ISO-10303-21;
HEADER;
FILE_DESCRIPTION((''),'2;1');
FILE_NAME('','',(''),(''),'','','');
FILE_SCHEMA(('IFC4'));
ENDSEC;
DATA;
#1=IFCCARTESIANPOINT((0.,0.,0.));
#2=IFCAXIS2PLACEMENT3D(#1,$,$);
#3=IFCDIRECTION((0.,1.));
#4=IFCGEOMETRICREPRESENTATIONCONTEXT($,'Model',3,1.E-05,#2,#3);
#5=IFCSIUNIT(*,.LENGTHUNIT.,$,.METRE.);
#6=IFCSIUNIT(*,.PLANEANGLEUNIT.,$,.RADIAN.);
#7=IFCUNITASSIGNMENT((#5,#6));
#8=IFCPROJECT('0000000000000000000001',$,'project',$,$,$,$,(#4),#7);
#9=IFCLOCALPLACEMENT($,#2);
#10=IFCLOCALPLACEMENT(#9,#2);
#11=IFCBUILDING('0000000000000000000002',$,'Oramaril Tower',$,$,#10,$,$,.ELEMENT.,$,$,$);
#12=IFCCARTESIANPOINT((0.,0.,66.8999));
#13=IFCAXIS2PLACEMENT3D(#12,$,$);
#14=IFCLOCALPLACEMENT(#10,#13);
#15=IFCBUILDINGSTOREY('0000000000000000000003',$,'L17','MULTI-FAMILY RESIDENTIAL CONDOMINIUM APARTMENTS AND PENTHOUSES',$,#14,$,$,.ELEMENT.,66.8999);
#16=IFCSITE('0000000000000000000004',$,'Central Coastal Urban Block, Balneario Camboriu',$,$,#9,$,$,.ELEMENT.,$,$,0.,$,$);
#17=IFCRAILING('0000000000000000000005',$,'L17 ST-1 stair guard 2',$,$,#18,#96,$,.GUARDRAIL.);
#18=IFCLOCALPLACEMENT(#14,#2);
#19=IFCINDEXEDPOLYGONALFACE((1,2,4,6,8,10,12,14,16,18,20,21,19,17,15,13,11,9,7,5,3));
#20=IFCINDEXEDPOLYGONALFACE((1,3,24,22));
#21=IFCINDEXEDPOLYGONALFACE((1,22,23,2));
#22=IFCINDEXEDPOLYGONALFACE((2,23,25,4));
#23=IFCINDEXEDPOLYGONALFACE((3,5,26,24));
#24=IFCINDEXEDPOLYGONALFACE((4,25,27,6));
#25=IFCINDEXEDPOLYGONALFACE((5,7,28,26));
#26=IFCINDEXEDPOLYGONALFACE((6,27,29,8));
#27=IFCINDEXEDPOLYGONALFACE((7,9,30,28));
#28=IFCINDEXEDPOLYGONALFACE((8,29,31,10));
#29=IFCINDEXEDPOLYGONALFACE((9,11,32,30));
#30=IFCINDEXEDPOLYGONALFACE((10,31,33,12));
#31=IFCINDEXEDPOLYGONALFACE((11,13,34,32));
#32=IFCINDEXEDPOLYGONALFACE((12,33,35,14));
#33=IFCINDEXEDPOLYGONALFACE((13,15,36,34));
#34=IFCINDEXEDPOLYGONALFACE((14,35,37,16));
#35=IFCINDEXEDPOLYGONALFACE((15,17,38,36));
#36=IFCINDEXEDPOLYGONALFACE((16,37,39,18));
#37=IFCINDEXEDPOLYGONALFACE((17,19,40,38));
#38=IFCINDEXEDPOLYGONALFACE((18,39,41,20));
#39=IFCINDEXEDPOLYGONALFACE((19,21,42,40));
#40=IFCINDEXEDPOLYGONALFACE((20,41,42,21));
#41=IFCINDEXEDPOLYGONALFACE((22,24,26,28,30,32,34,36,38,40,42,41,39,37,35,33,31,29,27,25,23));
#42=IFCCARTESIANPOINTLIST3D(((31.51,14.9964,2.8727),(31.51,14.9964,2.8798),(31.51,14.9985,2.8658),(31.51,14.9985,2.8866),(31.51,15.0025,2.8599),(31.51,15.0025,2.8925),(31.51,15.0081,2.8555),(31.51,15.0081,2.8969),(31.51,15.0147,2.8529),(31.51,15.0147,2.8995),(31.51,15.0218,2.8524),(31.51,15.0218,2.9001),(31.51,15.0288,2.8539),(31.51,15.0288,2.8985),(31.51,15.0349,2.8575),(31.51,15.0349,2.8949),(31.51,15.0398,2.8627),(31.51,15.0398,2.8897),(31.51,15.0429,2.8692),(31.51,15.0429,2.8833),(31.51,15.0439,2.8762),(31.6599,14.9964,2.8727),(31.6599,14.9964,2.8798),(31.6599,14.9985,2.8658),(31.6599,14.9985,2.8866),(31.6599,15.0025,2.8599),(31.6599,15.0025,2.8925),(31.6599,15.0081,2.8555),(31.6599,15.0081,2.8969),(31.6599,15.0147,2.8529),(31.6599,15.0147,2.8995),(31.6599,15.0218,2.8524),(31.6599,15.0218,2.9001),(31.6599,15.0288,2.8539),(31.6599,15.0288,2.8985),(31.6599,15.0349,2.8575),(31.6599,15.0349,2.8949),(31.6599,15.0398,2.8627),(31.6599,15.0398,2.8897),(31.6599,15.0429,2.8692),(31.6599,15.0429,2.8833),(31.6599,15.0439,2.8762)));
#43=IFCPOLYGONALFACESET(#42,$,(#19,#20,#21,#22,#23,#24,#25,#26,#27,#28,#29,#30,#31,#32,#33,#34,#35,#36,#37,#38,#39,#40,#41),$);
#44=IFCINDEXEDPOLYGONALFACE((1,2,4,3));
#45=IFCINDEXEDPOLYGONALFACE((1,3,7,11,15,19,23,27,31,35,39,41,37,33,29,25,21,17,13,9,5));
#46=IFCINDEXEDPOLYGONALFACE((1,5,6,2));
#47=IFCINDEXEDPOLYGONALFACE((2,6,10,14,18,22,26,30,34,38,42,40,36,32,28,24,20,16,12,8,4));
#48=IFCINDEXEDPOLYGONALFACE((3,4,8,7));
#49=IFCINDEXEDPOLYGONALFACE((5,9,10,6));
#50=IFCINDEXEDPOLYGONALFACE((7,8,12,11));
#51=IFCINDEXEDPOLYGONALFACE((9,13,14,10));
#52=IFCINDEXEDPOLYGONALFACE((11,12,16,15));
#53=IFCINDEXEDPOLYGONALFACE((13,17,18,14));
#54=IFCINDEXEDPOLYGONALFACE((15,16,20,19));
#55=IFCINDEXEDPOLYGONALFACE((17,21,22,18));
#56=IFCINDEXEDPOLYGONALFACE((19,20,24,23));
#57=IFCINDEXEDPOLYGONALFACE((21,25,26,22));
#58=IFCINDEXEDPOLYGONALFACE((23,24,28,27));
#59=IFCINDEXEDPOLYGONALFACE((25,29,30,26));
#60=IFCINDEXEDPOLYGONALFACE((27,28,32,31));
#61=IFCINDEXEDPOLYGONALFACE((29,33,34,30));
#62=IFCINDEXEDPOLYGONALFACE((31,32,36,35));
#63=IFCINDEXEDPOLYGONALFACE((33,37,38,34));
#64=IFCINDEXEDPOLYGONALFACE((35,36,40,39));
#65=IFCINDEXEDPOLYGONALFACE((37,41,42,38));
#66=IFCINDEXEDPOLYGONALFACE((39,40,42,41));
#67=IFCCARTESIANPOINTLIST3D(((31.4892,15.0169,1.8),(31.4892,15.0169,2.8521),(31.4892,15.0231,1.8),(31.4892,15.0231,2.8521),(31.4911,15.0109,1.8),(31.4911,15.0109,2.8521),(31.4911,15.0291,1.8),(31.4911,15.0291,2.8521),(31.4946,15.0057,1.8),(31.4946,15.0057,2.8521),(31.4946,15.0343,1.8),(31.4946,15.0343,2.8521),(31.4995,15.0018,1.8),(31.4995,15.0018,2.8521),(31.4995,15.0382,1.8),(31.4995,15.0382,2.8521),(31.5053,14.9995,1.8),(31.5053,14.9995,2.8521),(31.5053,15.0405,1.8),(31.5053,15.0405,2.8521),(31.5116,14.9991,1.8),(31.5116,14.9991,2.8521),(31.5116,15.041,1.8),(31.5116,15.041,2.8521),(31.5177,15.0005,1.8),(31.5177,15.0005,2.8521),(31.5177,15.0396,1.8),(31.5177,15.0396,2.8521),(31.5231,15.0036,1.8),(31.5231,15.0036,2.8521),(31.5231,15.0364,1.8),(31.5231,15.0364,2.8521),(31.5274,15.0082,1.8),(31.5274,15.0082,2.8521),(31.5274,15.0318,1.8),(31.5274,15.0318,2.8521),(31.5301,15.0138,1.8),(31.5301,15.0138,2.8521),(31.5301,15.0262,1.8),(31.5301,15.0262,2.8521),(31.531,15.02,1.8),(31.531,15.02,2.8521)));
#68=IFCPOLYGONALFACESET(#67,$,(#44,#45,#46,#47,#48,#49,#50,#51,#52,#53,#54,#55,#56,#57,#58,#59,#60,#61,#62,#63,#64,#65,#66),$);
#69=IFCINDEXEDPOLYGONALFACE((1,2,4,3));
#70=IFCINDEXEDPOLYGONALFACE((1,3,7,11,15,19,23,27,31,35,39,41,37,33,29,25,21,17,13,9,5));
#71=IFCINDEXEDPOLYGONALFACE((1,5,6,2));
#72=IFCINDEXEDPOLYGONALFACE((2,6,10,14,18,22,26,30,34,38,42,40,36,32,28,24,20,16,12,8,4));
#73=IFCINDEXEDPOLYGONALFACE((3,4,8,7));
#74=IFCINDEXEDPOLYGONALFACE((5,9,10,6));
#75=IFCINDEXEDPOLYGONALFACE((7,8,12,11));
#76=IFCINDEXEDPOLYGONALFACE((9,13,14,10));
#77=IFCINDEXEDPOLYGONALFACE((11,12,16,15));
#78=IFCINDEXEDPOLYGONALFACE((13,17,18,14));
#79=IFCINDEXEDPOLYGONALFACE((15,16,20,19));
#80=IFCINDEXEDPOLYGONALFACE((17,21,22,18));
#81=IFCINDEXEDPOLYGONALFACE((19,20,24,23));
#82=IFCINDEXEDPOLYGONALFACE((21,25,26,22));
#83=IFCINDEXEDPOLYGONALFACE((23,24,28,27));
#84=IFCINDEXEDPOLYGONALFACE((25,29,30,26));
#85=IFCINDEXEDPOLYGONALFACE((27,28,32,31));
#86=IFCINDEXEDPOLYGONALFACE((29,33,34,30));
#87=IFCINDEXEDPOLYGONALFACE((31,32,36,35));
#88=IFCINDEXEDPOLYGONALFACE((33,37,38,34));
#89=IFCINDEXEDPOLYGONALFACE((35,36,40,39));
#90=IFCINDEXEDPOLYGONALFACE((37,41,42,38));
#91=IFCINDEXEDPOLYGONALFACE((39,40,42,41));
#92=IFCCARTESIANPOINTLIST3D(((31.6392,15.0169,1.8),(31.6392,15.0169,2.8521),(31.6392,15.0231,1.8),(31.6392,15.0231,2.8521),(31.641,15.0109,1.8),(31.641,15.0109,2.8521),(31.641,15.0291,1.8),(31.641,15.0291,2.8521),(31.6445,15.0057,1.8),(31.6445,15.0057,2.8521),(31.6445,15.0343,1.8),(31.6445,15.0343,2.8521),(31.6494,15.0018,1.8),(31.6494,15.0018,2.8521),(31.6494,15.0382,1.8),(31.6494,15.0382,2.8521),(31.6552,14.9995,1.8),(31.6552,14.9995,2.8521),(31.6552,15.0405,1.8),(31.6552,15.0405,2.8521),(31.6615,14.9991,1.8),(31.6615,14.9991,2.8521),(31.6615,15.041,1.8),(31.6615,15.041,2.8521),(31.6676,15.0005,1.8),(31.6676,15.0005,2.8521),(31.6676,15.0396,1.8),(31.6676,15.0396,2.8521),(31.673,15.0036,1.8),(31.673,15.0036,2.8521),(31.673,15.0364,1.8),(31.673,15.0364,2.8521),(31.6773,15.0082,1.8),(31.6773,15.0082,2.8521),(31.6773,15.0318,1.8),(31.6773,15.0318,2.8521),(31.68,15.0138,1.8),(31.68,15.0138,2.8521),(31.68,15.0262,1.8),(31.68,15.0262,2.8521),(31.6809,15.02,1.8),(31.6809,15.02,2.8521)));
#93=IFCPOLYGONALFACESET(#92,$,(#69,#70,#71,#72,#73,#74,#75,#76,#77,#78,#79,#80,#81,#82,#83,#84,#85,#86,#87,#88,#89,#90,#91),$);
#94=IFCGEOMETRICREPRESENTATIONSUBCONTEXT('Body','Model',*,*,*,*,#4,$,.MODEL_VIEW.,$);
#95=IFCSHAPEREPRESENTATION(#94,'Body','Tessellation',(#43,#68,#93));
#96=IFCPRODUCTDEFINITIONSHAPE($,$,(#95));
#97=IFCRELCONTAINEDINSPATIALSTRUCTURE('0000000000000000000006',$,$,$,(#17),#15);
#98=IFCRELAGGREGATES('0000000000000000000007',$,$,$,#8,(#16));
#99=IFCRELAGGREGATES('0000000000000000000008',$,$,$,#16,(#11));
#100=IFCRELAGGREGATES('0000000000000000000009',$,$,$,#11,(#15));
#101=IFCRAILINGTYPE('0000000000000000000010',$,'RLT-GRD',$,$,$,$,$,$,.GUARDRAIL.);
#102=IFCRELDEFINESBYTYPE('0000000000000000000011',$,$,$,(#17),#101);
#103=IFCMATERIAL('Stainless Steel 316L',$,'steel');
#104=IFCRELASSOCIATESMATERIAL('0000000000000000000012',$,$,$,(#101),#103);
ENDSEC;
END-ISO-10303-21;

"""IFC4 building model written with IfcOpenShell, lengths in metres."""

from ifc_helpers import new_model, si_unit, direction, frame, origin, origin_2d, place, context, subcontext, project, spatial, circle, extrude, material, type_object, element, save


model = new_model("IFC4")

# Units and contexts
model_context = context("Model", 3, precision=1e-05, world=origin(), true_north=direction((0.0, 1.0)))
body_context = subcontext(model_context, "Body", "Model", "MODEL_VIEW")
ifc_project = project(units=[si_unit("LENGTHUNIT", "METRE"), si_unit("PLANEANGLEUNIT", "RADIAN")], contexts=[model_context])

# Site, building, storey
site_placement = place(None, origin())
site = spatial("IfcSite", under=ifc_project, at=site_placement, Name="Central Coastal Urban Block, Balneario Camboriu", CompositionType="ELEMENT", RefElevation=0.0)
building_placement = place(site_placement, origin())
building = spatial("IfcBuilding", under=site, at=building_placement, Name="Oramaril Tower", CompositionType="ELEMENT")
storey_placement = place(building_placement, frame((0.0, 0.0, 66.8999)))
storey = spatial("IfcBuildingStorey", under=building, at=storey_placement, Name="L17", Description="MULTI-FAMILY RESIDENTIAL CONDOMINIUM APARTMENTS AND PENTHOUSES", CompositionType="ELEMENT", Elevation=66.8999)

# Railing
ifc_material_1 = material(Name="Stainless Steel 316L", Category="steel")
railing_type_1 = type_object("IfcRailingType", Name="RLT-GRD", PredefinedType="GUARDRAIL", material=ifc_material_1)
railing_1_placement = place(storey_placement, frame((31.51, 15.02, 1.8)))
element("IfcRailing", 1, at=railing_1_placement, inside=storey, type_object=railing_type_1, Name="L17 ST-1 stair guard 2", PredefinedType="GUARDRAIL", context=body_context, shape_type="SweptSolid", body=[
    extrude(circle(Radius=0.0239, at=origin_2d()), frame((0.0, 0.0, 1.0762), z_axis=(1.0, 0.0, 0.0), x_axis=(0.0, 1.0, 0.0)), (0.0, 0.0, 1.0), 0.1499),
    extrude(circle(Radius=0.021, at=origin_2d()), origin(), (0.0, 0.0, 1.0), 1.052),
    extrude(circle(Radius=0.021, at=origin_2d()), frame((0.1499, 0.0, 0.0)), (0.0, 0.0, 1.0), 1.052),
])

save(model, "model.ifc")
